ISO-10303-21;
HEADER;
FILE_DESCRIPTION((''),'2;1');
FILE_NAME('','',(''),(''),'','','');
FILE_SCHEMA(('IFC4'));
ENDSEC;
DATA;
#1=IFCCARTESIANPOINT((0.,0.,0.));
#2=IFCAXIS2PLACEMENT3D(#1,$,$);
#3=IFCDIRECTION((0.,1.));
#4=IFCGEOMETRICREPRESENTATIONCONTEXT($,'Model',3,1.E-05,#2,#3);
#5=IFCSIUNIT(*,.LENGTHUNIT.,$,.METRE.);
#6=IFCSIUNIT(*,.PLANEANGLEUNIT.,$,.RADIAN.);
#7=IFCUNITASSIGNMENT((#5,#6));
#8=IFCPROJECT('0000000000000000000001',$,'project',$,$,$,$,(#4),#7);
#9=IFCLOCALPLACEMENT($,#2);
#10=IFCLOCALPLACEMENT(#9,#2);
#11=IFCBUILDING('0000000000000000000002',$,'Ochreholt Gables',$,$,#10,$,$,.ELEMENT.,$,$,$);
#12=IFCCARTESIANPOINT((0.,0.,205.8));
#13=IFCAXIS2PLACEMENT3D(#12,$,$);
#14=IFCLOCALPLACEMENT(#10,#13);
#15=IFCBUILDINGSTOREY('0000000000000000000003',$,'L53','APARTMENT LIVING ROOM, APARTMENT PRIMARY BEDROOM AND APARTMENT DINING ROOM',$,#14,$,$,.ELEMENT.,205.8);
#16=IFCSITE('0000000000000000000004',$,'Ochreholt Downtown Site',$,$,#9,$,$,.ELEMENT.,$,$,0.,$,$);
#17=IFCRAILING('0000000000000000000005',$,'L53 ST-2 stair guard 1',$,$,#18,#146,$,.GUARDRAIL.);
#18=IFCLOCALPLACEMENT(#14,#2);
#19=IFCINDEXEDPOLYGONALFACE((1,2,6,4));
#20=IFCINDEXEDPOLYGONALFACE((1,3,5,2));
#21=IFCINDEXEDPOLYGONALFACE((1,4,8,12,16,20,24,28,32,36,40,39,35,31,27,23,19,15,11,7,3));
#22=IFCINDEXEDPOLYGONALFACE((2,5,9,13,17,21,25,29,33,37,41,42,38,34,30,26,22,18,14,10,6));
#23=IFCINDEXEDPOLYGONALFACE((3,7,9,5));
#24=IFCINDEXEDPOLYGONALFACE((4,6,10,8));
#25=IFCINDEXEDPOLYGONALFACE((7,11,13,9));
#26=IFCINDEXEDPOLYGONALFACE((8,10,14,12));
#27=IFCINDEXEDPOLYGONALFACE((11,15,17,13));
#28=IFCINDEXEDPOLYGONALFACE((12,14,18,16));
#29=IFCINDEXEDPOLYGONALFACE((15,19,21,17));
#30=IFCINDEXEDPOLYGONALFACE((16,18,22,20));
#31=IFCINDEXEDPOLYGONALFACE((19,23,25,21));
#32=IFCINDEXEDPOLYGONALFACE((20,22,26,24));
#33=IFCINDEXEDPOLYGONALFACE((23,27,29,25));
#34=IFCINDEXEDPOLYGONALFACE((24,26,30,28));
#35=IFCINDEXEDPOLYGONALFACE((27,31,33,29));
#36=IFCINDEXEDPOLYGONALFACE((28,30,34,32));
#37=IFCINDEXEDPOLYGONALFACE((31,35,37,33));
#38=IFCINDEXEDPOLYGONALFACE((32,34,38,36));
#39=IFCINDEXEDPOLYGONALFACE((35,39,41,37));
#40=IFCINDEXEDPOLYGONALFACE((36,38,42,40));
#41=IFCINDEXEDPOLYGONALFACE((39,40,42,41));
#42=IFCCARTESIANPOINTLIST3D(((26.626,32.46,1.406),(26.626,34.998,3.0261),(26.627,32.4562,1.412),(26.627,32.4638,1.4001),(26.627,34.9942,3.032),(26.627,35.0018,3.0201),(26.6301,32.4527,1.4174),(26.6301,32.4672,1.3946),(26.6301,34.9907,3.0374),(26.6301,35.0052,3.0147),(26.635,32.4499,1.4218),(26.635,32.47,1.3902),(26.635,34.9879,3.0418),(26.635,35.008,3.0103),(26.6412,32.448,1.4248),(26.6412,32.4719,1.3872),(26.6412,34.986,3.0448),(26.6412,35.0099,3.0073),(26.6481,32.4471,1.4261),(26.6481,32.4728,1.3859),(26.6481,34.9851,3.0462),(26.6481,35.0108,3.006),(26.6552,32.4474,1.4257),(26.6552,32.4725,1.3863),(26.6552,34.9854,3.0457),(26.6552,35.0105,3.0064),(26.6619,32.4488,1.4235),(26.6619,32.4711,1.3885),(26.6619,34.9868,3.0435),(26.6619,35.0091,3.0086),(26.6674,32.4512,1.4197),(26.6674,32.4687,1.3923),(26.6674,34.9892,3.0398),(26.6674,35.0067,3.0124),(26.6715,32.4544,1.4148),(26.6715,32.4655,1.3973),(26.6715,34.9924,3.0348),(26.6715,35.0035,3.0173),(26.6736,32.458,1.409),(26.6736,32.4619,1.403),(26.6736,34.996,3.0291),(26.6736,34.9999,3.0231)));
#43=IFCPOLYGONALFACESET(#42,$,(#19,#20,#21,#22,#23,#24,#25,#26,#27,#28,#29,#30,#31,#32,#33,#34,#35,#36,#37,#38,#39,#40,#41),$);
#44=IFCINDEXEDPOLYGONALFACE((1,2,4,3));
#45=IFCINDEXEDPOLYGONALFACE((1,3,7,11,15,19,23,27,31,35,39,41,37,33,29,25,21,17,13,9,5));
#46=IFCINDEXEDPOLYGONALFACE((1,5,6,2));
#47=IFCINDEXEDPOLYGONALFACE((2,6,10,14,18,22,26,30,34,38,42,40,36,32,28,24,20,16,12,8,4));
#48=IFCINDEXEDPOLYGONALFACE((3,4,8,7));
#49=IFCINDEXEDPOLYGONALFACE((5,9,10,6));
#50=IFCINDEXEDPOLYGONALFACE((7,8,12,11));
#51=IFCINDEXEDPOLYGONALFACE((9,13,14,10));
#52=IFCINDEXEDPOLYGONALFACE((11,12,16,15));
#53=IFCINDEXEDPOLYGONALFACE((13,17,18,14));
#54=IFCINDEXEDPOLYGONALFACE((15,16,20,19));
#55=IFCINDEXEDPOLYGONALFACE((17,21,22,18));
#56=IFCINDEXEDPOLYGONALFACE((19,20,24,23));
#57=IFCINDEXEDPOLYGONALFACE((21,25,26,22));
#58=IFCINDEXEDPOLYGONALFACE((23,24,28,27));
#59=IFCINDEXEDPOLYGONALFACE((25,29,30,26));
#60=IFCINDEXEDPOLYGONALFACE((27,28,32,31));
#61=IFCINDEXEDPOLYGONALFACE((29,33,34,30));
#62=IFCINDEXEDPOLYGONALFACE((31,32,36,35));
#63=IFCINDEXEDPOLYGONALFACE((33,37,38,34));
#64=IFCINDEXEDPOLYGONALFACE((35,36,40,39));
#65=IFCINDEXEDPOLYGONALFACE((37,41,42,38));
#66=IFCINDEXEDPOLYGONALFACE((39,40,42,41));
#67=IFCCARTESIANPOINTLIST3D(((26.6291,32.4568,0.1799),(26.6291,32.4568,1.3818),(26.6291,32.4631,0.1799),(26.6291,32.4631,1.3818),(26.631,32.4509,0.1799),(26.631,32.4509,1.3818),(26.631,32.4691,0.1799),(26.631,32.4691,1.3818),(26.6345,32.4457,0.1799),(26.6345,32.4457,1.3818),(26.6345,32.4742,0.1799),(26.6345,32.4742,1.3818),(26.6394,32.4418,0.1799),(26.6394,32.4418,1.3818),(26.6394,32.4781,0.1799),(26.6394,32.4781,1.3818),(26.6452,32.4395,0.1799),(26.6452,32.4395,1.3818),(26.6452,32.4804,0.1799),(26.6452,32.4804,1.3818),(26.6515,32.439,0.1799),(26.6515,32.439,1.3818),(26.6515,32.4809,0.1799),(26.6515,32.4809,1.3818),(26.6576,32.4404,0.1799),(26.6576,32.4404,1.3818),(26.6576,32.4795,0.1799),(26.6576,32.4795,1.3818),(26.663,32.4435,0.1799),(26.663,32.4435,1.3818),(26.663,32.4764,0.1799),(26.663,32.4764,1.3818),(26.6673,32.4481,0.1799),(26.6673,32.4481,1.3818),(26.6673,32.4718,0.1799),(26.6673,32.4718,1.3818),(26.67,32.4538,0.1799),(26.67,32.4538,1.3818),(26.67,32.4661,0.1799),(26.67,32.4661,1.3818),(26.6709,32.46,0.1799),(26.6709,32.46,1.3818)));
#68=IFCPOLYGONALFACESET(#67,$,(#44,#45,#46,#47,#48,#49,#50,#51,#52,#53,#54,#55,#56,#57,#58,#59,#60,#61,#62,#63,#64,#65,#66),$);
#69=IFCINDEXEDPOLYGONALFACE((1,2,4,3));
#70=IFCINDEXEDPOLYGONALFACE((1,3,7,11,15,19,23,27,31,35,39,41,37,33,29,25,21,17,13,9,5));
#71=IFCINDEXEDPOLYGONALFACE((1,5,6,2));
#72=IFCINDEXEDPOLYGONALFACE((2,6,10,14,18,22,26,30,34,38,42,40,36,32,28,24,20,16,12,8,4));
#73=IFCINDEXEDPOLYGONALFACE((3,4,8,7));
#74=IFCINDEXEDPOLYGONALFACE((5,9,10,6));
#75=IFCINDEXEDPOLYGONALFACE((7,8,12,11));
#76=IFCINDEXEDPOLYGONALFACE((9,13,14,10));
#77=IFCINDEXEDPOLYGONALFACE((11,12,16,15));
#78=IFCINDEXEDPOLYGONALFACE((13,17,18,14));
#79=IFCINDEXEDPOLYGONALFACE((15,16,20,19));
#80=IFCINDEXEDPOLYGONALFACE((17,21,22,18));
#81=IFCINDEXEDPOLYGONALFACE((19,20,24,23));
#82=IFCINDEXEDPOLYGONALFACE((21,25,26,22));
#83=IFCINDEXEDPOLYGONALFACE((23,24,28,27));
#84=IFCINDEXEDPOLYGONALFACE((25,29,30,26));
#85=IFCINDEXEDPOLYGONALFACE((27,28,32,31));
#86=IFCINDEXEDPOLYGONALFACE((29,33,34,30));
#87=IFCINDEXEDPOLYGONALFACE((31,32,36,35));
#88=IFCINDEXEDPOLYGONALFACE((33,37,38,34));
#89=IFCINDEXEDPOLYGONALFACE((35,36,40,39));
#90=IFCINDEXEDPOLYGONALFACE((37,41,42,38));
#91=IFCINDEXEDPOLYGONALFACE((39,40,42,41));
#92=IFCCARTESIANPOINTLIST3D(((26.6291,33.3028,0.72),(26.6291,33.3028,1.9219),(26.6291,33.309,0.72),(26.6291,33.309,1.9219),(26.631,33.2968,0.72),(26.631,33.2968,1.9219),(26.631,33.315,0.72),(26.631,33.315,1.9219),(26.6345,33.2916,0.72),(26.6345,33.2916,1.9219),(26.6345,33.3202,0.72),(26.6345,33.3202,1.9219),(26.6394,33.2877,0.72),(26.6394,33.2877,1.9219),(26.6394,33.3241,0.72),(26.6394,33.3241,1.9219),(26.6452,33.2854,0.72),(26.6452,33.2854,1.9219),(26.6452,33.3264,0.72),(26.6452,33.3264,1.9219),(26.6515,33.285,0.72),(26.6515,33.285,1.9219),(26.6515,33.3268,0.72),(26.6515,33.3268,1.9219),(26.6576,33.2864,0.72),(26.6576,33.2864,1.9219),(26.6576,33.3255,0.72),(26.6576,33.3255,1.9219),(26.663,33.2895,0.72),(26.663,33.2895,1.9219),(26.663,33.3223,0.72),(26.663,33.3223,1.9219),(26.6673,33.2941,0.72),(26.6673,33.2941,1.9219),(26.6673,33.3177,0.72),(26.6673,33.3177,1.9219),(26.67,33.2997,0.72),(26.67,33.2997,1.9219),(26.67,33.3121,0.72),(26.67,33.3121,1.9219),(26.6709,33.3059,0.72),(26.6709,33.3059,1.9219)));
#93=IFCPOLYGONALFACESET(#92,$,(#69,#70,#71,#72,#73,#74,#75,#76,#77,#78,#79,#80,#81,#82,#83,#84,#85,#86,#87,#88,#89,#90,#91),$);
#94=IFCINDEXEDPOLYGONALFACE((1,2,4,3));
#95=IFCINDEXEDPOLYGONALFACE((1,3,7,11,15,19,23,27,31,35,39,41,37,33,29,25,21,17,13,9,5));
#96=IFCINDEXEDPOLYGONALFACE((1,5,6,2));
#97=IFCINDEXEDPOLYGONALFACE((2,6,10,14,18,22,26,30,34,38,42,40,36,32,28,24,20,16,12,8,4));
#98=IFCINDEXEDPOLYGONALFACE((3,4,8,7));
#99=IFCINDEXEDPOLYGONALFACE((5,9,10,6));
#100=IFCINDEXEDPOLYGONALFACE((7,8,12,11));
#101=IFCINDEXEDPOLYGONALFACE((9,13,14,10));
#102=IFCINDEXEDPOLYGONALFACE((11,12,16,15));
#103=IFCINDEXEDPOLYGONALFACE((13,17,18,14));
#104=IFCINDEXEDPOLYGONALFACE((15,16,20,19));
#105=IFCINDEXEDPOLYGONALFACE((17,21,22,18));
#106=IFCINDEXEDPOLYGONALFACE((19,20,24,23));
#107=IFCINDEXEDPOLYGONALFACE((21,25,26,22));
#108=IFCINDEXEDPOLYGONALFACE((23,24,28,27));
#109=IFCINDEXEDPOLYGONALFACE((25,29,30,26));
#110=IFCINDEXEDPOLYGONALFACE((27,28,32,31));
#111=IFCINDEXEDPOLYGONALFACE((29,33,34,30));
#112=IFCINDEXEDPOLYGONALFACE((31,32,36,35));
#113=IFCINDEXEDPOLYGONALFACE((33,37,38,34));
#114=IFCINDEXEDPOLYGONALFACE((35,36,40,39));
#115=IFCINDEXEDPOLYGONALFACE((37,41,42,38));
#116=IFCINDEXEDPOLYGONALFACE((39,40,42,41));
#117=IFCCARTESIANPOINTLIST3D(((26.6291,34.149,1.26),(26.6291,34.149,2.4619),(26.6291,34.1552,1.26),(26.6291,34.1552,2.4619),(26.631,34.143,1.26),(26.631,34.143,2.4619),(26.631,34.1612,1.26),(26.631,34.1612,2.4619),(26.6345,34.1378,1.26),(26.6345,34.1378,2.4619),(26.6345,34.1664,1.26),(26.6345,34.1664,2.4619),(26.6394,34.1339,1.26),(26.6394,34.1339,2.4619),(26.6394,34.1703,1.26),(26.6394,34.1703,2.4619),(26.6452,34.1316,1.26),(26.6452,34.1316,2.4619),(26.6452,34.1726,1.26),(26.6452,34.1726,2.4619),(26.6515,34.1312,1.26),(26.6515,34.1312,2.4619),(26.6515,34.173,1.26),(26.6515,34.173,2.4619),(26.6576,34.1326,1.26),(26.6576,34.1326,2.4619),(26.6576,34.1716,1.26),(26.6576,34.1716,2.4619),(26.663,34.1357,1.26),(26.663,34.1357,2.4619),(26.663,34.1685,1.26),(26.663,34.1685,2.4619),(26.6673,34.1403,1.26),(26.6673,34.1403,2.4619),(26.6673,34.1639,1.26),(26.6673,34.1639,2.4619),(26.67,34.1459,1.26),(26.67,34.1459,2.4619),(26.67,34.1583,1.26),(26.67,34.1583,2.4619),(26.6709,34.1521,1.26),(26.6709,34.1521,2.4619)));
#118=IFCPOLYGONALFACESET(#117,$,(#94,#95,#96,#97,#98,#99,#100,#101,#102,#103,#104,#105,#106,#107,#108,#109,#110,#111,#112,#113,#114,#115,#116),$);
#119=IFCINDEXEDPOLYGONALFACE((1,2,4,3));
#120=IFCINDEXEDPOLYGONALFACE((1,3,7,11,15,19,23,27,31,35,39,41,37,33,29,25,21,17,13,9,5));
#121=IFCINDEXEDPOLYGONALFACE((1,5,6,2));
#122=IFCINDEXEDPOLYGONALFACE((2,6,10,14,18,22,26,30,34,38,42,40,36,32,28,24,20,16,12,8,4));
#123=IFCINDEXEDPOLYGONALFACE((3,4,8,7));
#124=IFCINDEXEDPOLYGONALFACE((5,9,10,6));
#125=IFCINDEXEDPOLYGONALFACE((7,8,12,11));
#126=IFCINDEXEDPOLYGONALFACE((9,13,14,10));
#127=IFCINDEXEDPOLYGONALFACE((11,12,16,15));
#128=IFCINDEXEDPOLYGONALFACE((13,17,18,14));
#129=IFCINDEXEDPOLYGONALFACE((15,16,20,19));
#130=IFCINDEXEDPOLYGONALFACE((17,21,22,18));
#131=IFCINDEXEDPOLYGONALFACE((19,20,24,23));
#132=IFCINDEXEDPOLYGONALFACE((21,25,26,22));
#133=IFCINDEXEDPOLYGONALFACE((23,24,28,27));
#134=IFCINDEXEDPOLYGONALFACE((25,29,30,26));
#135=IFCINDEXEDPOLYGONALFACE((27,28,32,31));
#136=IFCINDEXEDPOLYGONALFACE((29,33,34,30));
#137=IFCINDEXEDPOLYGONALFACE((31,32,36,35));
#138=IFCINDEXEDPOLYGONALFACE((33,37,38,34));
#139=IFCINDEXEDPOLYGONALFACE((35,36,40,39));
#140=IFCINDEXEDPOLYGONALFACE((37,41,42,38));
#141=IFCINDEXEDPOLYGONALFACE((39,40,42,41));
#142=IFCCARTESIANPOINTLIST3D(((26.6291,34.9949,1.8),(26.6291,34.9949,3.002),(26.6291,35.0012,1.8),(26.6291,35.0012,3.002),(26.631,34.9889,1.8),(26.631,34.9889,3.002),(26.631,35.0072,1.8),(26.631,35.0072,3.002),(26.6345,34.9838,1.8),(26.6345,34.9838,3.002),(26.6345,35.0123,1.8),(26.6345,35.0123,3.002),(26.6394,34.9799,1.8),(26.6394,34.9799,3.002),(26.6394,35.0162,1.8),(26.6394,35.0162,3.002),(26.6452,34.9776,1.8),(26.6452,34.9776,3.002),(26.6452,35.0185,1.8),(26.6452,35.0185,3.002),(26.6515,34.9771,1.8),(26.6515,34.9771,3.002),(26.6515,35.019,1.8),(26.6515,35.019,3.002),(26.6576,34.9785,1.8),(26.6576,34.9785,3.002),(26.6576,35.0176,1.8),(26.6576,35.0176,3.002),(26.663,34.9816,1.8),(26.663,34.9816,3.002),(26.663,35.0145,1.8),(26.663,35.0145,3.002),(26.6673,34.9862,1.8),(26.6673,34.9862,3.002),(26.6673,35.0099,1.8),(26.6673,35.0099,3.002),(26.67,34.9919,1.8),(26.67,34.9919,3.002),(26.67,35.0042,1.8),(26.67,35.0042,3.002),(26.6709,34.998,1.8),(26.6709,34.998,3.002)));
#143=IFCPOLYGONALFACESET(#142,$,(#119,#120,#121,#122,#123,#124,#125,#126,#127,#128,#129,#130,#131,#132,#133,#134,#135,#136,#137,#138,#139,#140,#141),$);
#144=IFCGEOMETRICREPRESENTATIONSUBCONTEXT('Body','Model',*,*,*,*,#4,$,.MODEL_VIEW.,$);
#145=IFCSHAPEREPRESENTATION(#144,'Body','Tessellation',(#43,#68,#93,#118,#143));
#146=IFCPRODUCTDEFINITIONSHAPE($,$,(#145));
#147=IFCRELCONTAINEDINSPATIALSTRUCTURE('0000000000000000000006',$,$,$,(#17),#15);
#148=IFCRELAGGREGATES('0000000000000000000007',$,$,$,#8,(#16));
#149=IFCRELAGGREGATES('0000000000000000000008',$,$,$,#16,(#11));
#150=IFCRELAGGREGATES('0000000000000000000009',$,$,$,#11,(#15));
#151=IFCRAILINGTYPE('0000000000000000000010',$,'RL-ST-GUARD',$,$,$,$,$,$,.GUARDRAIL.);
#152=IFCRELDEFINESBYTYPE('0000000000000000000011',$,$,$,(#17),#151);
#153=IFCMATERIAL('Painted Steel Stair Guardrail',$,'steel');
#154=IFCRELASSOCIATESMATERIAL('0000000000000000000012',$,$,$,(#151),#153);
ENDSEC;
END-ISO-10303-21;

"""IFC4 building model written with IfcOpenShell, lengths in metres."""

from ifc_helpers import new_model, si_unit, direction, frame, origin, origin_2d, place, context, subcontext, project, spatial, circle, extrude, material, type_object, element, save


model = new_model("IFC4")

# Units and contexts
model_context = context("Model", 3, precision=1e-05, world=origin(), true_north=direction((0.0, 1.0)))
body_context = subcontext(model_context, "Body", "Model", "MODEL_VIEW")
ifc_project = project(units=[si_unit("LENGTHUNIT", "METRE"), si_unit("PLANEANGLEUNIT", "RADIAN")], contexts=[model_context])

# Site, building, storey
site_placement = place(None, origin())
site = spatial("IfcSite", under=ifc_project, at=site_placement, Name="Ochreholt Downtown Site", CompositionType="ELEMENT", RefElevation=0.0)
building_placement = place(site_placement, origin())
building = spatial("IfcBuilding", under=site, at=building_placement, Name="Ochreholt Gables", CompositionType="ELEMENT")
storey_placement = place(building_placement, frame((0.0, 0.0, 205.8)))
storey = spatial("IfcBuildingStorey", under=building, at=storey_placement, Name="L53", Description="APARTMENT LIVING ROOM, APARTMENT PRIMARY BEDROOM AND APARTMENT DINING ROOM", CompositionType="ELEMENT", Elevation=205.8)

# Railing
ifc_material_1 = material(Name="Painted Steel Stair Guardrail", Category="steel")
railing_type_1 = type_object("IfcRailingType", Name="RL-ST-GUARD", PredefinedType="GUARDRAIL", material=ifc_material_1)
railing_1_placement = place(storey_placement, frame((26.6499, 32.46, 0.1799)))
element("IfcRailing", 1, at=railing_1_placement, inside=storey, type_object=railing_type_1, Name="L53 ST-2 stair guard 1", PredefinedType="GUARDRAIL", context=body_context, shape_type="SweptSolid", body=[
    extrude(circle(Radius=0.0239, at=origin_2d()), frame((0.0, 0.0, 1.2261), z_axis=(0.0, 0.842913, 0.53805), x_axis=(-1.0, 0.0, 0.0)), (0.0, 0.0, 1.0), 3.011),
    extrude(circle(Radius=0.021, at=origin_2d()), origin(), (0.0, 0.0, 1.0), 1.2019),
    extrude(circle(Radius=0.021, at=origin_2d()), frame((0.0, 0.8459, 0.54)), (0.0, 0.0, 1.0), 1.2019),
    extrude(circle(Radius=0.021, at=origin_2d()), frame((0.0, 1.6921, 1.0801)), (0.0, 0.0, 1.0), 1.2019),
    extrude(circle(Radius=0.021, at=origin_2d()), frame((0.0, 2.5381, 1.6201)), (0.0, 0.0, 1.0), 1.2019),
])

save(model, "model.ifc")
